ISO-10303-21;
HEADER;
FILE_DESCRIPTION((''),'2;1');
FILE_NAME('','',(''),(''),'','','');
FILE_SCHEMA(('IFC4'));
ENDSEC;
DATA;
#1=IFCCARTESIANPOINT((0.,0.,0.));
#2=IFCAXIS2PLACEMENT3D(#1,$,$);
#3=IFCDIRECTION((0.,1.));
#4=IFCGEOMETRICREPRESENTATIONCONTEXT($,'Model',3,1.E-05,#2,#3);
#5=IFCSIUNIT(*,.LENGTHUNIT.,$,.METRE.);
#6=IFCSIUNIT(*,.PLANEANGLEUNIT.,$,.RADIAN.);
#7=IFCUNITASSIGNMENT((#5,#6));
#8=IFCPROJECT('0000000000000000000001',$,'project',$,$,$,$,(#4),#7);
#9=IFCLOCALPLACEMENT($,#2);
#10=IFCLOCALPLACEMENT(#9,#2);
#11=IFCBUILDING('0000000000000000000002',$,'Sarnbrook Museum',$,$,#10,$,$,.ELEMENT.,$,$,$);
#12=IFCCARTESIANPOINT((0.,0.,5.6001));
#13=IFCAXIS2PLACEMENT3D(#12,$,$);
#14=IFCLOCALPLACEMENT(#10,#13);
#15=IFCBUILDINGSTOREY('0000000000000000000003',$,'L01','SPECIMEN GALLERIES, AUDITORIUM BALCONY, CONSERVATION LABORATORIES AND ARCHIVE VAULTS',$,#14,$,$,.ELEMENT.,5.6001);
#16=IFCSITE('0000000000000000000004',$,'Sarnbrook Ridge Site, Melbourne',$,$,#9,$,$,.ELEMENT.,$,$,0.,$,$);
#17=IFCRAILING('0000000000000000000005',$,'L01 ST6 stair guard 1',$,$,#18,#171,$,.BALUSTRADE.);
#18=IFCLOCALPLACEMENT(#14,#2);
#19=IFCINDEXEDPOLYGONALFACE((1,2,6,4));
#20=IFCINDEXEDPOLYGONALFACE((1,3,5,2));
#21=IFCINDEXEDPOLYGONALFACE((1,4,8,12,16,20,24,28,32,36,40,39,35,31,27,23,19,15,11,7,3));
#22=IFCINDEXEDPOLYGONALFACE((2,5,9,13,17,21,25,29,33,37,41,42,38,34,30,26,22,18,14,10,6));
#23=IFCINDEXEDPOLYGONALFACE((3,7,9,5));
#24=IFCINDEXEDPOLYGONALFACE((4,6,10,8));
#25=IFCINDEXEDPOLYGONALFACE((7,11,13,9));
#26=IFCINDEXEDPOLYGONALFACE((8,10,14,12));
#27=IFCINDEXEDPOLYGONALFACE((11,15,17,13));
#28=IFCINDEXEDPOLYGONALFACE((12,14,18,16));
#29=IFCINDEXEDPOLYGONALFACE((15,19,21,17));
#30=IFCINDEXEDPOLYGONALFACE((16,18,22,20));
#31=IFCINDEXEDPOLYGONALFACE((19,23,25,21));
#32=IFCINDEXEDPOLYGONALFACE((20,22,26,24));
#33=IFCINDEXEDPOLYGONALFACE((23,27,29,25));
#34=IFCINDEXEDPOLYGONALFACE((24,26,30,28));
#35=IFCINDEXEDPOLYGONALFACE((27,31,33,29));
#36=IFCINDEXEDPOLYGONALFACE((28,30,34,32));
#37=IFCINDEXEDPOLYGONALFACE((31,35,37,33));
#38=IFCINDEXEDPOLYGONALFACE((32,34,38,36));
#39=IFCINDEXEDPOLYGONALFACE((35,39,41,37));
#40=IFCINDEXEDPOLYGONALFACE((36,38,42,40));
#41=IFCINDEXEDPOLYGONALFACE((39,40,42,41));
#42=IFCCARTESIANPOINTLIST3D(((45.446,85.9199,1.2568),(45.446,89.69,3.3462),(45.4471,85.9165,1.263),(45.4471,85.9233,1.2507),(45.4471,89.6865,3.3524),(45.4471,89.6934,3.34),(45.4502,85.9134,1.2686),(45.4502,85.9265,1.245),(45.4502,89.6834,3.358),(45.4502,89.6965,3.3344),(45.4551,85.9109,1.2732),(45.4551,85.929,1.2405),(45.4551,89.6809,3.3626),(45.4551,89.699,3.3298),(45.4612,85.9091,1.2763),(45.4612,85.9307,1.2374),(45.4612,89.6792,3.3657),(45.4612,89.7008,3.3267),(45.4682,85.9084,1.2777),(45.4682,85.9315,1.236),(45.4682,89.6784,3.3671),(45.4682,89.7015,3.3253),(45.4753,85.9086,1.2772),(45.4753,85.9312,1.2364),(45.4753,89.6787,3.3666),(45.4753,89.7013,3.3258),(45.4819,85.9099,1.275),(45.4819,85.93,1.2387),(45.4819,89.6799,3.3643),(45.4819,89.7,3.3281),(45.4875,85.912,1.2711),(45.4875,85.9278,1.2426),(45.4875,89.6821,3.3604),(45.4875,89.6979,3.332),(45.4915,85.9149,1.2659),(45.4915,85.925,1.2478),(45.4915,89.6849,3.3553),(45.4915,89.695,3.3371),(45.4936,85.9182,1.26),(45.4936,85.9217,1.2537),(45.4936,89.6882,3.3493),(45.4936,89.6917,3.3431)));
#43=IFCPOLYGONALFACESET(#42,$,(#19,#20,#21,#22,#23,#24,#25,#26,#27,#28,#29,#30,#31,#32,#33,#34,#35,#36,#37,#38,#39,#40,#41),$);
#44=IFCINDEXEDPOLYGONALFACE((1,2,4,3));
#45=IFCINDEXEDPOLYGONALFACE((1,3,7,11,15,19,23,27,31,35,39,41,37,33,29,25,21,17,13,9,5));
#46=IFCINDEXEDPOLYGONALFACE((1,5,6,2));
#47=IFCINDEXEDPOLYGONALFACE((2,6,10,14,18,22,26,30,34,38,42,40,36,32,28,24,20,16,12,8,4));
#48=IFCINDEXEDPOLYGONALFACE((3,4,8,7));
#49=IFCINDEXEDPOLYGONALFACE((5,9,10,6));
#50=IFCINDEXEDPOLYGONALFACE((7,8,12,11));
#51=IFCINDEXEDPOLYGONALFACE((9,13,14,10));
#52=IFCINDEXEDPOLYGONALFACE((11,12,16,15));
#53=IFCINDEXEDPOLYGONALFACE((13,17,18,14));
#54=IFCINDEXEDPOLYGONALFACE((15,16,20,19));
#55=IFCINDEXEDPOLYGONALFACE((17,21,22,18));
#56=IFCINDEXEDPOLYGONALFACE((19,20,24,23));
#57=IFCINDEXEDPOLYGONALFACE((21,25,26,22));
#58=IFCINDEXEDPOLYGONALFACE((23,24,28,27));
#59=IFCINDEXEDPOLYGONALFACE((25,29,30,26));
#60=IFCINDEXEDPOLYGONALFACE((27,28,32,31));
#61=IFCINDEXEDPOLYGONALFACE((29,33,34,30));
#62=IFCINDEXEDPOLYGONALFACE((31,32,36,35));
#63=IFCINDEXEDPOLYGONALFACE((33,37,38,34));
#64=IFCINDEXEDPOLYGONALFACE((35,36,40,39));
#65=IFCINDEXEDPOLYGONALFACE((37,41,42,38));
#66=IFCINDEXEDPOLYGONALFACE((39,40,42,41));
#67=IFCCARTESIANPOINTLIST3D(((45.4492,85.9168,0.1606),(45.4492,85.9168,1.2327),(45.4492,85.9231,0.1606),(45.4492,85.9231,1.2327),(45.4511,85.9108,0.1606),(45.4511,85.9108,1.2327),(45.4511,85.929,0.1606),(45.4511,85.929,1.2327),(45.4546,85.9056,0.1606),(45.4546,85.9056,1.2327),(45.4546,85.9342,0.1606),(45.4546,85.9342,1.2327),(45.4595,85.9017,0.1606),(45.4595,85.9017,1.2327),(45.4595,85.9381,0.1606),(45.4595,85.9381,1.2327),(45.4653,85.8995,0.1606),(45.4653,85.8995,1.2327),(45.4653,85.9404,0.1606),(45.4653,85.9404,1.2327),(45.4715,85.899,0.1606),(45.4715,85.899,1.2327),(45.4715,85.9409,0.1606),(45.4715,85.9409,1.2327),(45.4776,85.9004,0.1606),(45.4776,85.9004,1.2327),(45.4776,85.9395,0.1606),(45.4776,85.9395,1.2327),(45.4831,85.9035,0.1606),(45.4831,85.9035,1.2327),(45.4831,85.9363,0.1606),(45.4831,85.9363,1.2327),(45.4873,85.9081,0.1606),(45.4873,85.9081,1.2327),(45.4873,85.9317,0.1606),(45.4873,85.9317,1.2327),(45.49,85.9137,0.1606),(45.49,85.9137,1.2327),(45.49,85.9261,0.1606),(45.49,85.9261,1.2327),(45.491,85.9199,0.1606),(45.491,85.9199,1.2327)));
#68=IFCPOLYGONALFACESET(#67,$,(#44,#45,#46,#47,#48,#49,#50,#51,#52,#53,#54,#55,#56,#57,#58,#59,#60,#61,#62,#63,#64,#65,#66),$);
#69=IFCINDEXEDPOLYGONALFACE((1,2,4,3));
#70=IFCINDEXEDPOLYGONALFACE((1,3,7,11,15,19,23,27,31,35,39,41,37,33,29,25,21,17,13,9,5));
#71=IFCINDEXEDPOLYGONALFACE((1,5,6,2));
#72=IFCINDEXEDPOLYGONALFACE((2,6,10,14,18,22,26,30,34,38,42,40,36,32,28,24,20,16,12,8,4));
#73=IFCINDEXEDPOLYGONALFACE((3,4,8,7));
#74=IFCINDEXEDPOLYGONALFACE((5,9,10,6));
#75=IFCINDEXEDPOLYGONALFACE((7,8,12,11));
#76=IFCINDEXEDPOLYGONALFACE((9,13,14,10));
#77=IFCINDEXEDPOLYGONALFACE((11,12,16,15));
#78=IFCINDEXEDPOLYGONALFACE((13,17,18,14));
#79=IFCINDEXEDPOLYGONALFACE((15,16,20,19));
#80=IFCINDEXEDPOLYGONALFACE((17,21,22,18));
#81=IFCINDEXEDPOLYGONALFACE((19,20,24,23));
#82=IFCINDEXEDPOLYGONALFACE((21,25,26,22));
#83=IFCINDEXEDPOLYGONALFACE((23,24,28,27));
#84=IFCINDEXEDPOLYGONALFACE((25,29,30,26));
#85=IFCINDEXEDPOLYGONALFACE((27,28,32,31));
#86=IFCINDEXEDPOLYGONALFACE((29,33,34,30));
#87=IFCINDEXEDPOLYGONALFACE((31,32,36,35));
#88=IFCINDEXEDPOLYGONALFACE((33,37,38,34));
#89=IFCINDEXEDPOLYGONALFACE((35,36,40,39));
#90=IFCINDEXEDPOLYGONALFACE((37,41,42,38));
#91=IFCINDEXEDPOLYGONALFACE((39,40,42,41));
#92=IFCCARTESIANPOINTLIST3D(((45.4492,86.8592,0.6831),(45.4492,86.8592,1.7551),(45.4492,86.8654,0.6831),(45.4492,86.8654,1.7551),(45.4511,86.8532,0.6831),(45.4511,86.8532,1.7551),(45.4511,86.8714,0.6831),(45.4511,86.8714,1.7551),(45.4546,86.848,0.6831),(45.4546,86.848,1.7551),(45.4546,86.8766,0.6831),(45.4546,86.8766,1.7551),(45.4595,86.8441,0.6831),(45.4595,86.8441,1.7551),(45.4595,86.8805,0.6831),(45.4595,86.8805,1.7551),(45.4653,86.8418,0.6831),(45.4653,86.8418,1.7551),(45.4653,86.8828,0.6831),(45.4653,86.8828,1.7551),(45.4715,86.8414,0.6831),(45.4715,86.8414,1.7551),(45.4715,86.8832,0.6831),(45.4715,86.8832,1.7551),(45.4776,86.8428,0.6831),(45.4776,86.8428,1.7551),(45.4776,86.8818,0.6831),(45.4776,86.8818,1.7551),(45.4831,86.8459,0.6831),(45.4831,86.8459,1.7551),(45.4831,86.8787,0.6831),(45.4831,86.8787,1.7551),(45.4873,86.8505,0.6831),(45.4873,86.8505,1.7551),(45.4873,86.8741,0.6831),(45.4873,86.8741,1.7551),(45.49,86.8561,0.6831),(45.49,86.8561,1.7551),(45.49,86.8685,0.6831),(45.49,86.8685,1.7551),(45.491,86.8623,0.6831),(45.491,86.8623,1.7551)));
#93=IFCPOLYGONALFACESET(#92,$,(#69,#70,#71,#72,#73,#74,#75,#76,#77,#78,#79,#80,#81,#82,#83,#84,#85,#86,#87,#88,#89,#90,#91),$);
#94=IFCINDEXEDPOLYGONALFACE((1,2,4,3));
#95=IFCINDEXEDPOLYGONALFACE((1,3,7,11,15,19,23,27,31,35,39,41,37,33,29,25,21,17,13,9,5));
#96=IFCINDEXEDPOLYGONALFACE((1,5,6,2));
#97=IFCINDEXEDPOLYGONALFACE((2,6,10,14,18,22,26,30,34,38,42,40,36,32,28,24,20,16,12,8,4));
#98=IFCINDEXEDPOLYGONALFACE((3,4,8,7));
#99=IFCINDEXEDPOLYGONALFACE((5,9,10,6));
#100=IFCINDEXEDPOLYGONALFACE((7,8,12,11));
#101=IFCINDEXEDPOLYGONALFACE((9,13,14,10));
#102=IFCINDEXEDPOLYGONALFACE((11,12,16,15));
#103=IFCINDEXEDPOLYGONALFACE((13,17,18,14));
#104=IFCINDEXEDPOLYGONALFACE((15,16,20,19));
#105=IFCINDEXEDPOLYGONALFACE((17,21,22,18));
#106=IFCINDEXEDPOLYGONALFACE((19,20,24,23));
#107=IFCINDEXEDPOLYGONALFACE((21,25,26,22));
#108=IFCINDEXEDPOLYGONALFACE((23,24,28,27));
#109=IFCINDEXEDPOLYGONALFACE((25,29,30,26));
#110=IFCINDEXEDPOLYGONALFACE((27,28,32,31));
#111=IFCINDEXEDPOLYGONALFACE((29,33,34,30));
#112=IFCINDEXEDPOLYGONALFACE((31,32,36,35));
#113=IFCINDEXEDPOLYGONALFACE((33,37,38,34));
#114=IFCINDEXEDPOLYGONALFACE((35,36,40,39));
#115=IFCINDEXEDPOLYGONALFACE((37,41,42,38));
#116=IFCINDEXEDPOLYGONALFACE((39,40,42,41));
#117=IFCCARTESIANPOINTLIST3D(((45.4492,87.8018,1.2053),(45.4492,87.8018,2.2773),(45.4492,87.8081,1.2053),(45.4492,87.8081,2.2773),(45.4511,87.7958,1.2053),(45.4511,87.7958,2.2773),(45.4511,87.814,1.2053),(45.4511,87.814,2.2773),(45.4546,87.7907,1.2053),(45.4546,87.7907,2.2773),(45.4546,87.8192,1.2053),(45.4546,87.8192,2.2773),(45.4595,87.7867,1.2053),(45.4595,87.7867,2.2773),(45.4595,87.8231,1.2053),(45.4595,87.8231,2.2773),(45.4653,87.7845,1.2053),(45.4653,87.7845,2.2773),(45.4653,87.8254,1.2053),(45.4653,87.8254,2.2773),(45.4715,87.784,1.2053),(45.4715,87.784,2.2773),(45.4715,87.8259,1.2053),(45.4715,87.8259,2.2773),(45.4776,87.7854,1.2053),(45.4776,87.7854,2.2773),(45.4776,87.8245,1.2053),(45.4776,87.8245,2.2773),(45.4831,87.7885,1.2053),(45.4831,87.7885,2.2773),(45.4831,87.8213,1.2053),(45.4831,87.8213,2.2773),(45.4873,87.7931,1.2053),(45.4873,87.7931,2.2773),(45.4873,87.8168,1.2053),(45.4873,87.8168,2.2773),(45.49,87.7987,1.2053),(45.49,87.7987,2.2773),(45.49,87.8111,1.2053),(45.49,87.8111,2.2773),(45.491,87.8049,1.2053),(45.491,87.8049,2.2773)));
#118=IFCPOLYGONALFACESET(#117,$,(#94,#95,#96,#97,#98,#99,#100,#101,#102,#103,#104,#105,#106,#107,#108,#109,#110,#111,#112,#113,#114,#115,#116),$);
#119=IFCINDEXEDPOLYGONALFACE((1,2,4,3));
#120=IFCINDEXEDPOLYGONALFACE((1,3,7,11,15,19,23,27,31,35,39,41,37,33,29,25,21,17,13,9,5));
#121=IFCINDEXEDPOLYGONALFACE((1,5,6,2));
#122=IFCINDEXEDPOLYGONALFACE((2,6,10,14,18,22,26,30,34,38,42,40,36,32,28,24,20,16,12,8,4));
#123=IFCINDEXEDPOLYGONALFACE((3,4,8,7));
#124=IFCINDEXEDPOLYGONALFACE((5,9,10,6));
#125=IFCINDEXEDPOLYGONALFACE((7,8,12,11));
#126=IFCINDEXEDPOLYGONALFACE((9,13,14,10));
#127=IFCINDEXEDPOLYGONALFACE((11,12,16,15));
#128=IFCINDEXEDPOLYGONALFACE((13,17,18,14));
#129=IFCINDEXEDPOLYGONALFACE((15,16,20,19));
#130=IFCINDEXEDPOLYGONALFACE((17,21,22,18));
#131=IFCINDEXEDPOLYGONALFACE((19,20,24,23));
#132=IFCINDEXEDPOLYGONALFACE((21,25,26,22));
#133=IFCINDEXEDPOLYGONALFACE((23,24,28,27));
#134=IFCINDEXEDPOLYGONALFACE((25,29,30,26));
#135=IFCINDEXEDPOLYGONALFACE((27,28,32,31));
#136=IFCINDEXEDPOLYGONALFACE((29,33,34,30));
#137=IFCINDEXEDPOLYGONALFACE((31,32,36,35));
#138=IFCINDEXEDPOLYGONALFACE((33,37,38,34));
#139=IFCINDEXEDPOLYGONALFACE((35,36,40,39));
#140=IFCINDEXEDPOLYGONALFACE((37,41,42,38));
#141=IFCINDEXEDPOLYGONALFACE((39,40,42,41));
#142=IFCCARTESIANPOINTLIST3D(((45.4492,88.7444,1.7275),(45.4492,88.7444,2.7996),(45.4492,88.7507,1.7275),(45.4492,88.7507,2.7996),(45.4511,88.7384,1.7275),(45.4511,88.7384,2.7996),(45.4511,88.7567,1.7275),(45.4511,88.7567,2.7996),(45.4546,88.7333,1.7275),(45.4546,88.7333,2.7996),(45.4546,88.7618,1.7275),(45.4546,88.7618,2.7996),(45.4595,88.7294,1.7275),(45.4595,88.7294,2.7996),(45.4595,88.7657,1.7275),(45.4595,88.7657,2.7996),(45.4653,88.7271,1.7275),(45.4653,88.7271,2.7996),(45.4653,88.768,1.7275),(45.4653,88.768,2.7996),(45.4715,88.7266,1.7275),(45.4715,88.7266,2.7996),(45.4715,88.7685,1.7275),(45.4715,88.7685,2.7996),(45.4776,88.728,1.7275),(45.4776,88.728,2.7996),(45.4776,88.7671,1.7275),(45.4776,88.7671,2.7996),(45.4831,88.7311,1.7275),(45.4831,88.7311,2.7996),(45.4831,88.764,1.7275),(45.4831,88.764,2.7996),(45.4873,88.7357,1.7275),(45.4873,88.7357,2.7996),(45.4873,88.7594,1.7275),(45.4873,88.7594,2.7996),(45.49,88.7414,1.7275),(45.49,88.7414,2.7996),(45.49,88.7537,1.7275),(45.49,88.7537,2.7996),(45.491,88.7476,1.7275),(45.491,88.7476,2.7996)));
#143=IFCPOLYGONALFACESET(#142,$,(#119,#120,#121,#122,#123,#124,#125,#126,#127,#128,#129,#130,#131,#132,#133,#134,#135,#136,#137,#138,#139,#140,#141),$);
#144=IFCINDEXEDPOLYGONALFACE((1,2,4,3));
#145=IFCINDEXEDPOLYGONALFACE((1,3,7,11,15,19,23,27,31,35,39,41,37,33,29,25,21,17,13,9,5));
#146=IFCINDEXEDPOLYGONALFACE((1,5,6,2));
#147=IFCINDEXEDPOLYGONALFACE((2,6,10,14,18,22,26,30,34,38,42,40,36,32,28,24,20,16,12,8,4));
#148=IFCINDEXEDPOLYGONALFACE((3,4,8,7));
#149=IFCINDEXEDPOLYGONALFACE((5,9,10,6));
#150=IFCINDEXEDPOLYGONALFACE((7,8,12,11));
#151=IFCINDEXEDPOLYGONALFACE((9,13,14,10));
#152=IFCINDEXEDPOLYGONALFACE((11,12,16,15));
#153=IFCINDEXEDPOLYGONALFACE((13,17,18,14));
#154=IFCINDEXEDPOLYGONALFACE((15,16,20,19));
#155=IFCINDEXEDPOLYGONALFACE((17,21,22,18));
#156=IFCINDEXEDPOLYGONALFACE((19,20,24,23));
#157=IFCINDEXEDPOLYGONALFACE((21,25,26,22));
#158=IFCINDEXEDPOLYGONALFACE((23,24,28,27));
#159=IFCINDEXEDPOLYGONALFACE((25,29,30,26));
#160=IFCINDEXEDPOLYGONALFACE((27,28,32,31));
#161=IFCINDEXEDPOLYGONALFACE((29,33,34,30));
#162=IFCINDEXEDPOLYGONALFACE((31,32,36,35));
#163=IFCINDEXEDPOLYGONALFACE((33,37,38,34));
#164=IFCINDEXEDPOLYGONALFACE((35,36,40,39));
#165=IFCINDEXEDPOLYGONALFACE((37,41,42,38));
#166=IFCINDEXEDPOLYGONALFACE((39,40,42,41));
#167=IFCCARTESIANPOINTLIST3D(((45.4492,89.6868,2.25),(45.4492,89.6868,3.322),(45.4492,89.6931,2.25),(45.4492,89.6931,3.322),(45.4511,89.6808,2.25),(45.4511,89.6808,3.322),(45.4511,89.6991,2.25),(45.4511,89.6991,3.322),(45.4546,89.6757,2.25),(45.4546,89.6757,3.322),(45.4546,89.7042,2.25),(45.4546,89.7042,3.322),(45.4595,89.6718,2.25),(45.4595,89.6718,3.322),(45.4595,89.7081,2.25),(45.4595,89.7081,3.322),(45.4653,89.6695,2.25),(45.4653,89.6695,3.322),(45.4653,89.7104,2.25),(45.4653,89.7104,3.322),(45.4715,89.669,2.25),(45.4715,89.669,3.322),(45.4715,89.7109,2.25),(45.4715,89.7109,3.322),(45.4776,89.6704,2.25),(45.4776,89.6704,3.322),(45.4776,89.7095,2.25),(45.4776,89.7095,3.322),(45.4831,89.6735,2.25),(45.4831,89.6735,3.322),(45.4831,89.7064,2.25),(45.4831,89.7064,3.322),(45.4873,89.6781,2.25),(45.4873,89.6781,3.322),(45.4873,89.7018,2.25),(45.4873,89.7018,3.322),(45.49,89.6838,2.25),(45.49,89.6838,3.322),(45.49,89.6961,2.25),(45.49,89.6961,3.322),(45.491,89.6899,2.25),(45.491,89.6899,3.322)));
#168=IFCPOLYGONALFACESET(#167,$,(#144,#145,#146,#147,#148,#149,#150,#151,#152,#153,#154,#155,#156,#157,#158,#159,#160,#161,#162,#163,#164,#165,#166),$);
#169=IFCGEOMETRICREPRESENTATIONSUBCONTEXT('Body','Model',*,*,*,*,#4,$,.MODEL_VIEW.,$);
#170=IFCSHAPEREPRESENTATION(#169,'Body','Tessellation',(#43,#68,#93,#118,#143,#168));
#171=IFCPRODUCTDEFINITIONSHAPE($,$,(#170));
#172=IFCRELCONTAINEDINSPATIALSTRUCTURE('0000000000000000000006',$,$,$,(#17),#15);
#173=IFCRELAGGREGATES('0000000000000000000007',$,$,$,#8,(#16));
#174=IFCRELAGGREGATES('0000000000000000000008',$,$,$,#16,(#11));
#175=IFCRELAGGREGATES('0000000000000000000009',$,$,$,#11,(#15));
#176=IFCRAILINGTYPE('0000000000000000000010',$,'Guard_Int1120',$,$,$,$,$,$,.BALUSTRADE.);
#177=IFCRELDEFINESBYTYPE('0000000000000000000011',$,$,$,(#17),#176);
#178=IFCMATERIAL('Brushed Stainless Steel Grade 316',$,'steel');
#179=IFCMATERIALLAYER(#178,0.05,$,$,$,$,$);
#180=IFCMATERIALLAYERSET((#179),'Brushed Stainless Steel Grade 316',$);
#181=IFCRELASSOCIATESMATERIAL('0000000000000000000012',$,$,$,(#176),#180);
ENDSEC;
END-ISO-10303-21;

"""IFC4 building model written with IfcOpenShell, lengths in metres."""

from ifc_helpers import new_model, si_unit, direction, frame, origin, origin_2d, place, context, subcontext, project, spatial, circle, extrude, material, layer, layer_set, type_object, element, save


model = new_model("IFC4")

# Units and contexts
model_context = context("Model", 3, precision=1e-05, world=origin(), true_north=direction((0.0, 1.0)))
body_context = subcontext(model_context, "Body", "Model", "MODEL_VIEW")
ifc_project = project(units=[si_unit("LENGTHUNIT", "METRE"), si_unit("PLANEANGLEUNIT", "RADIAN")], contexts=[model_context])

# Site, building, storey
site_placement = place(None, origin())
site = spatial("IfcSite", under=ifc_project, at=site_placement, Name="Sarnbrook Ridge Site, Melbourne", CompositionType="ELEMENT", RefElevation=0.0)
building_placement = place(site_placement, origin())
building = spatial("IfcBuilding", under=site, at=building_placement, Name="Sarnbrook Museum", CompositionType="ELEMENT")
storey_placement = place(building_placement, frame((0.0, 0.0, 5.6001)))
storey = spatial("IfcBuildingStorey", under=building, at=storey_placement, Name="L01", Description="SPECIMEN GALLERIES, AUDITORIUM BALCONY, CONSERVATION LABORATORIES AND ARCHIVE VAULTS", CompositionType="ELEMENT", Elevation=5.6001)

# Railing
ifc_material_1 = material(Name="Brushed Stainless Steel Grade 316", Category="steel")
ifc_layer_1 = layer(ifc_material_1, 0.05)
ifc_layer_set_1 = layer_set([ifc_layer_1], Name="Brushed Stainless Steel Grade 316")
railing_type_1 = type_object("IfcRailingType", Name="Guard_Int1120", PredefinedType="BALUSTRADE", material=ifc_layer_set_1)
railing_1_placement = place(storey_placement, frame((45.47, 85.9199, 0.1606)))
element("IfcRailing", 1, at=railing_1_placement, inside=storey, type_object=railing_type_1, Name="L01 ST6 stair guard 1", PredefinedType="BALUSTRADE", context=body_context, shape_type="SweptSolid", body=[
    extrude(circle(Radius=0.0239, at=origin_2d()), frame((0.0, 0.0, 1.0962), z_axis=(0.0, 0.874659, 0.484739), x_axis=(-1.0, 0.0, 0.0)), (0.0, 0.0, 1.0), 4.3103),
    extrude(circle(Radius=0.021, at=origin_2d()), origin(), (0.0, 0.0, 1.0), 1.072),
    extrude(circle(Radius=0.021, at=origin_2d()), frame((0.0, 0.9424, 0.5225)), (0.0, 0.0, 1.0), 1.072),
    extrude(circle(Radius=0.021, at=origin_2d()), frame((0.0, 1.885, 1.0447)), (0.0, 0.0, 1.0), 1.072),
    extrude(circle(Radius=0.021, at=origin_2d()), frame((0.0, 2.8276, 1.5669)), (0.0, 0.0, 1.0), 1.072),
    extrude(circle(Radius=0.021, at=origin_2d()), frame((0.0, 3.77, 2.0894)), (0.0, 0.0, 1.0), 1.072),
])

save(model, "model.ifc")
